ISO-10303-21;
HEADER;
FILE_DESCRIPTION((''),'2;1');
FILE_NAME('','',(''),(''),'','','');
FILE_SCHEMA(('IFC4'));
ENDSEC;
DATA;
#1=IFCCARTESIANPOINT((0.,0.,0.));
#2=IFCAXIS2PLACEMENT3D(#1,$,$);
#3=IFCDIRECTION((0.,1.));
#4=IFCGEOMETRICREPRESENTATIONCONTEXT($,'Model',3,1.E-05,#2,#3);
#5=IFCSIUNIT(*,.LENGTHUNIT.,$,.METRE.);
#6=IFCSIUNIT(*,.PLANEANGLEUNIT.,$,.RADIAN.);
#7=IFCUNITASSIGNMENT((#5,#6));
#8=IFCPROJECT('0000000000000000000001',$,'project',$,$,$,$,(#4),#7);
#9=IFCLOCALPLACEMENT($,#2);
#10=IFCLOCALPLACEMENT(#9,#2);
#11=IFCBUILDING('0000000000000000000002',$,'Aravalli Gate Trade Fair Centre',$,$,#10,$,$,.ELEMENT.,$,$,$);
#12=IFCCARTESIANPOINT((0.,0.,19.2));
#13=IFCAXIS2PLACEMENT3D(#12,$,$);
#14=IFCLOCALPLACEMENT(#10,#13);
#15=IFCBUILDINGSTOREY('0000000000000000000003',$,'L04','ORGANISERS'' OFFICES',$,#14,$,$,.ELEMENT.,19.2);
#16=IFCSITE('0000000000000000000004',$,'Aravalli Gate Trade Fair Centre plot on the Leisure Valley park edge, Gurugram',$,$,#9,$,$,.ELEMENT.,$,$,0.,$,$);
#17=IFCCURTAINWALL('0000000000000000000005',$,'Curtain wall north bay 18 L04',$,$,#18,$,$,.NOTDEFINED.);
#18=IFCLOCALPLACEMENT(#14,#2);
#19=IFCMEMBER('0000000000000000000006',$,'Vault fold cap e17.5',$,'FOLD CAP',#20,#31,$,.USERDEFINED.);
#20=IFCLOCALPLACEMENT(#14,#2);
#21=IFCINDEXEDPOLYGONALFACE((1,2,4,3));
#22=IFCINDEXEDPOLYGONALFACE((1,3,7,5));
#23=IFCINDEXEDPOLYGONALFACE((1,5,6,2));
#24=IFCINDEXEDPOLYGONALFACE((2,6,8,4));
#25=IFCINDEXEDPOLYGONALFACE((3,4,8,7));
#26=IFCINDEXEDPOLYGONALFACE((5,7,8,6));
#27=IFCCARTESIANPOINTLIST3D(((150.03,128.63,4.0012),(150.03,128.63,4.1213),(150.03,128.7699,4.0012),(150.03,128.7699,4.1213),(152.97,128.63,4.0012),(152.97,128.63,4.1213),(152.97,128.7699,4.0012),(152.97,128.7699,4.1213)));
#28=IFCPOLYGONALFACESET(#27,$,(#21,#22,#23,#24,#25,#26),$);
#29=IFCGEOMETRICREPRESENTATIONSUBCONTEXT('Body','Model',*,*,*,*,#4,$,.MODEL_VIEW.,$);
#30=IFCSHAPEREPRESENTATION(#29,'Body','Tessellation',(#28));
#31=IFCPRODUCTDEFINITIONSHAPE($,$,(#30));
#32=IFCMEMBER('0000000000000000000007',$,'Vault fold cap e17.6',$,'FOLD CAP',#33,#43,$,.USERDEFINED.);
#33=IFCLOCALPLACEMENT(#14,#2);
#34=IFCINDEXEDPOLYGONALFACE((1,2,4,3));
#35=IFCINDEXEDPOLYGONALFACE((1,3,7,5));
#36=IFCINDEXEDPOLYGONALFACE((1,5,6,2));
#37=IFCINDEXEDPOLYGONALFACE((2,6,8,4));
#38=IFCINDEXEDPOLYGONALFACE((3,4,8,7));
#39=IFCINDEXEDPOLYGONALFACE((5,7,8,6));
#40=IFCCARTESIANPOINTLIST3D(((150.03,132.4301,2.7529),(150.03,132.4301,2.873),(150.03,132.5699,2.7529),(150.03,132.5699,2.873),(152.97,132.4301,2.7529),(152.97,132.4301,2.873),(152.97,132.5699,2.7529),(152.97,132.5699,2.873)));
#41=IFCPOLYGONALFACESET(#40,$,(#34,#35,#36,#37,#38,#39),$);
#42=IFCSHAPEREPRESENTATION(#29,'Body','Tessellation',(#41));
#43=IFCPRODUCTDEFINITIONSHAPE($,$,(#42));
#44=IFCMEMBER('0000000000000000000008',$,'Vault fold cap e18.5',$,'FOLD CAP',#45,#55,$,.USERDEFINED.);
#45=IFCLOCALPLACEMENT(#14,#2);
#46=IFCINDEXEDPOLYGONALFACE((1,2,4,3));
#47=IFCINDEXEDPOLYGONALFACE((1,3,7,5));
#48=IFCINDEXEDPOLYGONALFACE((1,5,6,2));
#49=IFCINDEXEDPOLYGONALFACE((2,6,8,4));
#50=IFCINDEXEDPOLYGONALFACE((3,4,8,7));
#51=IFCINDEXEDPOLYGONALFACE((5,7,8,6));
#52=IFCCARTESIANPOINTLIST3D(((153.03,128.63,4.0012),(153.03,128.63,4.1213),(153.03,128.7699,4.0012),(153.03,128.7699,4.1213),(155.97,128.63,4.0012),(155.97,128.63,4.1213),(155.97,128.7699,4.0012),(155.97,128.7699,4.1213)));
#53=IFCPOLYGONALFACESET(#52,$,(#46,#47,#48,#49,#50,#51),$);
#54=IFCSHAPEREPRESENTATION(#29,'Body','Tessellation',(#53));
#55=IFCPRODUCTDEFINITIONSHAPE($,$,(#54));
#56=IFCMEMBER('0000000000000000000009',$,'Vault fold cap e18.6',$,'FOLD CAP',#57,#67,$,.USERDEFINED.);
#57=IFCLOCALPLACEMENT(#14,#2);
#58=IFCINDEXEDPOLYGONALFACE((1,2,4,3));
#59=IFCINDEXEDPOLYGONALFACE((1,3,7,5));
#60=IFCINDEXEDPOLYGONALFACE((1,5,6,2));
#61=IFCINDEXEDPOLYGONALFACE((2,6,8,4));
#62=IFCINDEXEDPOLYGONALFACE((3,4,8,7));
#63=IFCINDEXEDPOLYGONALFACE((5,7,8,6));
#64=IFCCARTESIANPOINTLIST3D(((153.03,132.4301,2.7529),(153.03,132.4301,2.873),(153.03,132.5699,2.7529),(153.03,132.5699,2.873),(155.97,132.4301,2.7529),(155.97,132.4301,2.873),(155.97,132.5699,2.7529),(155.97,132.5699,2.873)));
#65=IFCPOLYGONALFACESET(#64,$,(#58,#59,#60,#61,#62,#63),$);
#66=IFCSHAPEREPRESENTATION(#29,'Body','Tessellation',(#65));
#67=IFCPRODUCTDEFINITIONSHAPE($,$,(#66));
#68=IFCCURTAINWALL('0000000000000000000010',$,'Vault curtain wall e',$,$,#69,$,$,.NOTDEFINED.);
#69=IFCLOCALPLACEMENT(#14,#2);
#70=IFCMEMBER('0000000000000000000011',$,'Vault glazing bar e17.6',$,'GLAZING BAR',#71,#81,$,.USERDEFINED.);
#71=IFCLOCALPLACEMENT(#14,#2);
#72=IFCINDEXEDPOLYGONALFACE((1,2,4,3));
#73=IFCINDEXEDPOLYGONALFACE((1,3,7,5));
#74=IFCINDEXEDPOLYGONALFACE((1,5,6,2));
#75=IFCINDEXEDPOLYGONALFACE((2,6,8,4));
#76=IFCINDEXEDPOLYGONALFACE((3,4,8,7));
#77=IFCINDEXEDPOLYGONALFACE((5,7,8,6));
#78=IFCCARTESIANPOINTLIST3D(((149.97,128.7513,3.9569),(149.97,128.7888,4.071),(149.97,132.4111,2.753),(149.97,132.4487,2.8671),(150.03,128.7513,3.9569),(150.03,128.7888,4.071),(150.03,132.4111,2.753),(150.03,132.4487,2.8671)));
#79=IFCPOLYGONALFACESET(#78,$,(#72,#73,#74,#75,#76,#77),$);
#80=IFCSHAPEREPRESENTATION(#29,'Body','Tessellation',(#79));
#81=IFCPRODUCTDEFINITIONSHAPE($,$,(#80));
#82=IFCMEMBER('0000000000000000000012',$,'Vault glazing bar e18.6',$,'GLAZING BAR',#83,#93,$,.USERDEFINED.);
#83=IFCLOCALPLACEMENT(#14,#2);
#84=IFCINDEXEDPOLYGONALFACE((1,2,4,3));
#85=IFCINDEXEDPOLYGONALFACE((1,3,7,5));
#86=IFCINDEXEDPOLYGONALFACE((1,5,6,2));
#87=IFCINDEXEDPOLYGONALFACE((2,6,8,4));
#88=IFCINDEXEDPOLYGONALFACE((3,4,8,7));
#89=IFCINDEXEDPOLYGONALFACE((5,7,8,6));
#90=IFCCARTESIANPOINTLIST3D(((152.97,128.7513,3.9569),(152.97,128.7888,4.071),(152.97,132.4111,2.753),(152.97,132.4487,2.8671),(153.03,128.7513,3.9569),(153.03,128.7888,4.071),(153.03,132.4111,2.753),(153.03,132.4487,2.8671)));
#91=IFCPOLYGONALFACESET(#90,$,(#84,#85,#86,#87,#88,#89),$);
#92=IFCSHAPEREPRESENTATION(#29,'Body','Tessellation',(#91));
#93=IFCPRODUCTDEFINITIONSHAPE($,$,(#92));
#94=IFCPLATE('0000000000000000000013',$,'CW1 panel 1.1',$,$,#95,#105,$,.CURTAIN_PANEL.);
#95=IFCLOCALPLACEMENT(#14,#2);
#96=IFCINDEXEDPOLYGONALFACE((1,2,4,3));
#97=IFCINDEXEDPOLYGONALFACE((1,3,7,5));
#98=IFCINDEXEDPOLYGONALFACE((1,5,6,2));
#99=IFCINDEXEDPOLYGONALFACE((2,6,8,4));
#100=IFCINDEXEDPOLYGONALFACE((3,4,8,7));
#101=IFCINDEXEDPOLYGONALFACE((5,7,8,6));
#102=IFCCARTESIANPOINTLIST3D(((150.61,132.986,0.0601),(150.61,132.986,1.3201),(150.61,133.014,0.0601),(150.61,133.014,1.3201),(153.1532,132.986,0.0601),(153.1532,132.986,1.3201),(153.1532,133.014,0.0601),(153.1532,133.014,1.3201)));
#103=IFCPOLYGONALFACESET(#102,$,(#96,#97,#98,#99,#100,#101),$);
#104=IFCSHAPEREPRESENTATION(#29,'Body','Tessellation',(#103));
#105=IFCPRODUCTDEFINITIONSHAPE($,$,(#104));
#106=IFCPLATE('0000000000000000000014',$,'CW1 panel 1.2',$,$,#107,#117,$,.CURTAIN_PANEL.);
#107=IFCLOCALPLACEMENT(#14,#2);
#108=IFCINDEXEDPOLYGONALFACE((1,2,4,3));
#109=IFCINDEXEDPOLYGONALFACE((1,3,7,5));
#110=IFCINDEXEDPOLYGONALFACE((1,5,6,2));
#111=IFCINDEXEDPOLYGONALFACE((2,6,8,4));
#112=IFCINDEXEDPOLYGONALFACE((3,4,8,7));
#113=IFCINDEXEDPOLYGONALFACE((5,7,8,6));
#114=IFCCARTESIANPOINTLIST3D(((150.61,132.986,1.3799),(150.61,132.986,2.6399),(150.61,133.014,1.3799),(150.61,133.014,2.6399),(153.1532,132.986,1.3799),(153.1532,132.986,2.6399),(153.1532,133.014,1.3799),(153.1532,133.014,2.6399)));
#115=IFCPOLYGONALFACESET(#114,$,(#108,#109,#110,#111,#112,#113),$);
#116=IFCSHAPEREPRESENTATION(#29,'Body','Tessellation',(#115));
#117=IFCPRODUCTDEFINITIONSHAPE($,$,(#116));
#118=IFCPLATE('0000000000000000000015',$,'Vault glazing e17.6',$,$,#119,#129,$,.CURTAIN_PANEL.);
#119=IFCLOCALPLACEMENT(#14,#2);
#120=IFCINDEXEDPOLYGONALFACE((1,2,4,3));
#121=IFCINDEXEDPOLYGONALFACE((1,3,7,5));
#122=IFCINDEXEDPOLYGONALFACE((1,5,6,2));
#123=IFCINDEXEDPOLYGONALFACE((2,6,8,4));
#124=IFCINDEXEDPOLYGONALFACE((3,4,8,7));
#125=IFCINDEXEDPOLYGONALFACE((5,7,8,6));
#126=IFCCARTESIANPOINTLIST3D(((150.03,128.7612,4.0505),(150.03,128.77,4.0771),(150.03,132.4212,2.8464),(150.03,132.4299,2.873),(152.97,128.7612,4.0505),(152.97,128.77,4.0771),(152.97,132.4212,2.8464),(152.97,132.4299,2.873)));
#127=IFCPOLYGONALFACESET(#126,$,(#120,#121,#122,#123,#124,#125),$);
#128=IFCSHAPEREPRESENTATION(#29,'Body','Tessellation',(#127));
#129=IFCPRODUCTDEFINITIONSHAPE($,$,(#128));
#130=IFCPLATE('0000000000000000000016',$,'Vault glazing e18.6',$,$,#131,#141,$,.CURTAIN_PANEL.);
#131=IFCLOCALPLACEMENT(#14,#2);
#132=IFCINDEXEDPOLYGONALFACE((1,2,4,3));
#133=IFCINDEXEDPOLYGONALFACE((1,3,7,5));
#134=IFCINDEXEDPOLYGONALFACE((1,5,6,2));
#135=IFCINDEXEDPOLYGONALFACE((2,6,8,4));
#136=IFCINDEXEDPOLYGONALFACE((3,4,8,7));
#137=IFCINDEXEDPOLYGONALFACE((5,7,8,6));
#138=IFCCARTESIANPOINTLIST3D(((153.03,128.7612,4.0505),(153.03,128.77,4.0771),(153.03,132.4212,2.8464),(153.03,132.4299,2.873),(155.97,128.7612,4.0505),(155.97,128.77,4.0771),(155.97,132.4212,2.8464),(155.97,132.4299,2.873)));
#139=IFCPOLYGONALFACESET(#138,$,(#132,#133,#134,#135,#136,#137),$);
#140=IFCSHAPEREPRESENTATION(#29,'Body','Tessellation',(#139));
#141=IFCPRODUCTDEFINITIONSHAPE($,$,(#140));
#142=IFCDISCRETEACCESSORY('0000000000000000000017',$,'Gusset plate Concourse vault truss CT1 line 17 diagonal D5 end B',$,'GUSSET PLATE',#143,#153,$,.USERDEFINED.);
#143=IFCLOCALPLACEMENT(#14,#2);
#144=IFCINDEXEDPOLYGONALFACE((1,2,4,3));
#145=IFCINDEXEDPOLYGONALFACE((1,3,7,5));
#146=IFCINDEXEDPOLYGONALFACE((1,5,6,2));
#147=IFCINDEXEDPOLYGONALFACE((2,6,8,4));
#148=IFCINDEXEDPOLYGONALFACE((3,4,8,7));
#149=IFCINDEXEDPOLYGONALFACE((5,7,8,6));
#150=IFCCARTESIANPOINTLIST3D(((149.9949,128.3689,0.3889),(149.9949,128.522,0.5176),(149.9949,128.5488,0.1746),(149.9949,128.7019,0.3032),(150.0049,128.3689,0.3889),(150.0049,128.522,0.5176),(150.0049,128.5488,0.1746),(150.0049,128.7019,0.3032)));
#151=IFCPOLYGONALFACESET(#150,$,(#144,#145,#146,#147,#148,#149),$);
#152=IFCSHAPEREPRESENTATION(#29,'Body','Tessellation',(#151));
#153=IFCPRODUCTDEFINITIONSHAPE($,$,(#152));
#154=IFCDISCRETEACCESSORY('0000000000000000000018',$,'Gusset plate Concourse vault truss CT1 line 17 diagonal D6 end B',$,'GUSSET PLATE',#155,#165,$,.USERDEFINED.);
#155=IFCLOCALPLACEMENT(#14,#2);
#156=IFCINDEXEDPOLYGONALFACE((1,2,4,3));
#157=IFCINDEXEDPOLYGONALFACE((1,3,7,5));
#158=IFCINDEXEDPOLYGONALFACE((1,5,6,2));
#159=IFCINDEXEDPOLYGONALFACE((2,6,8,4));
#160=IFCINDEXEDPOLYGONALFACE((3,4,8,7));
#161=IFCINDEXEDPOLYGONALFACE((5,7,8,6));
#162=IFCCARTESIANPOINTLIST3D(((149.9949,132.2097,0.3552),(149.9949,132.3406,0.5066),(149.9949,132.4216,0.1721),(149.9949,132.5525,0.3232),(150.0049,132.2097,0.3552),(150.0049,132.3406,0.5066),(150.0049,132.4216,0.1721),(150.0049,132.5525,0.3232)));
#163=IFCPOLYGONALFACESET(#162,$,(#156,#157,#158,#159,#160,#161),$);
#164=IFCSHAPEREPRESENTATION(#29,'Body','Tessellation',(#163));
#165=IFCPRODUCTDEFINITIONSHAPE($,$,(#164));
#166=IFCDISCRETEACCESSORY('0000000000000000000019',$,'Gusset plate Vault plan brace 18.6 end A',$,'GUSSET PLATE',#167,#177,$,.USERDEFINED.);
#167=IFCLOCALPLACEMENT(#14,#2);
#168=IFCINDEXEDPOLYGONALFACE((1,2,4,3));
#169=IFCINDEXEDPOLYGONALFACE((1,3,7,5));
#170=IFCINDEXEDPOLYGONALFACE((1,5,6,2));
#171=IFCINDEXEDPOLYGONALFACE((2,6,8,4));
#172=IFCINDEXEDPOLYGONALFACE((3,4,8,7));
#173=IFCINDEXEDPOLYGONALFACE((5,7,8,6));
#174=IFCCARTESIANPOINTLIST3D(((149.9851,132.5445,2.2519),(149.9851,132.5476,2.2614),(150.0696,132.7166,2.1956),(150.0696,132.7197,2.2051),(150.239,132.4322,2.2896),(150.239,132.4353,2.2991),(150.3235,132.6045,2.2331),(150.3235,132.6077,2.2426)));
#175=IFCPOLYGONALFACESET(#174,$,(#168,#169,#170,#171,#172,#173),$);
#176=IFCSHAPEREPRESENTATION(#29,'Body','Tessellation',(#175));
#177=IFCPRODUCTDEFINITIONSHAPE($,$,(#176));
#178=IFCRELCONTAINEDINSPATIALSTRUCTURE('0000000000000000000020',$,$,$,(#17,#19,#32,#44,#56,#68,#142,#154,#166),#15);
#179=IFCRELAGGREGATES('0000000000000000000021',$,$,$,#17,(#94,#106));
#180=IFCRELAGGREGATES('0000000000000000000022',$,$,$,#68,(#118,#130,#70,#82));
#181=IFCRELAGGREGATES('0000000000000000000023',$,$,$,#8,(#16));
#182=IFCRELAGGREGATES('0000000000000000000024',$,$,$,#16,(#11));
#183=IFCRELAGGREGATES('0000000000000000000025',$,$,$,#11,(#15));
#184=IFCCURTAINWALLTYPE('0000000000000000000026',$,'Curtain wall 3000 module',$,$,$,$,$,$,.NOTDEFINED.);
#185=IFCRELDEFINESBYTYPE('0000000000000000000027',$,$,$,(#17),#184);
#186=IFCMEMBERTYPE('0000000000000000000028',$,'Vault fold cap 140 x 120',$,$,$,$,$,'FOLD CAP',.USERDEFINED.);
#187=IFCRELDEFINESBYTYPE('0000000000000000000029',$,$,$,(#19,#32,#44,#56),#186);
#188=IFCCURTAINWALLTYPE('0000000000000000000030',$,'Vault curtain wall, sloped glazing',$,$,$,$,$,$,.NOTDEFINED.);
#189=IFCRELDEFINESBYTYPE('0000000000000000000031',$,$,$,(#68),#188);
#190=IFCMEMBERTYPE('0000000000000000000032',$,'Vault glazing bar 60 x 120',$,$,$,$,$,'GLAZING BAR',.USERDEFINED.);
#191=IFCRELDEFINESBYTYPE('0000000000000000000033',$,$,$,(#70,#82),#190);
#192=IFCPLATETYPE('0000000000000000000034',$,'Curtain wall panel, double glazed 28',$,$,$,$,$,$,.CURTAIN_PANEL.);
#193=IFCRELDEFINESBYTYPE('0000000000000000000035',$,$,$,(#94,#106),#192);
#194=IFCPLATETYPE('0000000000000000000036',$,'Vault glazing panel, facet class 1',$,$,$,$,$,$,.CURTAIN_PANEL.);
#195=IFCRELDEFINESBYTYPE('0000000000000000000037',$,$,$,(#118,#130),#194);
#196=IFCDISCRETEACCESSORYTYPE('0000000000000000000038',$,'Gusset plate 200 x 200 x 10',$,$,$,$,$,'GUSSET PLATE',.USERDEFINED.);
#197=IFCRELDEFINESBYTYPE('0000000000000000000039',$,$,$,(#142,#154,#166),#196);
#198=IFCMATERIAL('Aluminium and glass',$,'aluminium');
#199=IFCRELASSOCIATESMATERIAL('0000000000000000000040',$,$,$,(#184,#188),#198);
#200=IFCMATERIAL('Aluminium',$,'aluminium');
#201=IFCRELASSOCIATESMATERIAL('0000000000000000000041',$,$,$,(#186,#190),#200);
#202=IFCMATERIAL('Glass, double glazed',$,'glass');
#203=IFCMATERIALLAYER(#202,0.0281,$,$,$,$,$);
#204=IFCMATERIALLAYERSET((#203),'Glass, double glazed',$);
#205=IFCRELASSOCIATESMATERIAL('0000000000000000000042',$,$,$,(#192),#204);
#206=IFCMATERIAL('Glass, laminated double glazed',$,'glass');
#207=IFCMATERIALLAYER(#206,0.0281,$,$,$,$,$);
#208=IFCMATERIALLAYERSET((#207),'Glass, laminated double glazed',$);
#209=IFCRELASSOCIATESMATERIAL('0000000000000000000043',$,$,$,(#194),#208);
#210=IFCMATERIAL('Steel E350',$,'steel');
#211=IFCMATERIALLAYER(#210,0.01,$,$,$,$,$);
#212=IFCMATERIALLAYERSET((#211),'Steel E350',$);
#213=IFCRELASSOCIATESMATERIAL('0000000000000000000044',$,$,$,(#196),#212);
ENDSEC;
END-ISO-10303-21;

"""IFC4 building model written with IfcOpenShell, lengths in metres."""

from ifc_helpers import new_model, si_unit, direction, frame, origin, origin_2d, place, context, subcontext, project, spatial, polyline, rectangle, outline, extrude, material, layer, layer_set, material_profile, profile_set, type_object, element, aggregate, save


model = new_model("IFC4")

# Units and contexts
model_context = context("Model", 3, precision=1e-05, world=origin(), true_north=direction((0.0, 1.0)))
body_context = subcontext(model_context, "Body", "Model", "MODEL_VIEW")
ifc_project = project(units=[si_unit("LENGTHUNIT", "METRE"), si_unit("PLANEANGLEUNIT", "RADIAN")], contexts=[model_context])

# Site, building, storey
site_placement = place(None, origin())
site = spatial("IfcSite", under=ifc_project, at=site_placement, Name="Aravalli Gate Trade Fair Centre plot on the Leisure Valley park edge, Gurugram", CompositionType="ELEMENT", RefElevation=0.0)
building_placement = place(site_placement, origin())
building = spatial("IfcBuilding", under=site, at=building_placement, Name="Aravalli Gate Trade Fair Centre", CompositionType="ELEMENT")
storey_placement = place(building_placement, frame((0.0, 0.0, 19.2)))
storey = spatial("IfcBuildingStorey", under=building, at=storey_placement, Name="L04", Description="ORGANISERS' OFFICES", CompositionType="ELEMENT", Elevation=19.2)

# Shared definitions
ifc_material_1 = material(Name="Steel E350", Category="steel")

# Curtain wall
ifc_material_2 = material(Name="Aluminium and glass", Category="aluminium")
curtain_wall_type_1 = type_object("IfcCurtainWallType", Name="Curtain wall 3000 module", PredefinedType="NOTDEFINED", material=ifc_material_2)
curtain_wall_1_placement = place(storey_placement, origin())
curtain_wall_1 = element("IfcCurtainWall", 1, at=curtain_wall_1_placement, inside=storey, type_object=curtain_wall_type_1, Name="Curtain wall north bay 18 L04", PredefinedType="NOTDEFINED")
ifc_material_3 = material(Name="Aluminium", Category="aluminium")

# Members
ifc_material_profile_1 = material_profile(ifc_material_3, rectangle(XDim=0.1399, YDim=0.1201, at=origin_2d()), Name="Vault fold cap 140 x 120")
ifc_profile_set_1 = profile_set([ifc_material_profile_1], Name="Aluminium")
member_type_1 = type_object("IfcMemberType", Name="Vault fold cap 140 x 120", ElementType="FOLD CAP", PredefinedType="USERDEFINED", material=ifc_profile_set_1)
for number, where, z_axis, x_axis, name in (
    (2, (150.03, 128.7, 4.0613), (1.0, 0.0, 0.0), (0.0, 1.0, 0.0), "Vault fold cap e17.5"),
    (3, (150.03, 132.5, 2.813), (1.0, 0.0, 0.0), (0.0, 1.0, 0.0), "Vault fold cap e17.6"),
    (4, (153.03, 128.7, 4.0613), (1.0, 0.0, 0.0), (0.0, 1.0, 0.0), "Vault fold cap e18.5"),
    (5, (153.03, 132.5, 2.813), (1.0, 0.0, 0.0), (0.0, 1.0, 0.0), "Vault fold cap e18.6"),
):
    element("IfcMember", number, at=place(storey_placement, frame(where, z_axis=z_axis, x_axis=x_axis)), inside=storey, type_object=member_type_1, Name=name, ObjectType="FOLD CAP", PredefinedType="USERDEFINED", context=body_context, shape_type="SweptSolid", body=[
        extrude(rectangle(XDim=0.1399, YDim=0.1201, at=origin_2d()), origin(), (0.0, 0.0, 1.0), 2.9399),
    ])

# Curtain wall, members
curtain_wall_type_2 = type_object("IfcCurtainWallType", Name="Vault curtain wall, sloped glazing", PredefinedType="NOTDEFINED", material=ifc_material_2)
curtain_wall_2_placement = place(storey_placement, origin())
curtain_wall_2 = element("IfcCurtainWall", 6, at=curtain_wall_2_placement, inside=storey, type_object=curtain_wall_type_2, Name="Vault curtain wall e", PredefinedType="NOTDEFINED")
ifc_material_profile_2 = material_profile(ifc_material_3, rectangle(XDim=0.0601, YDim=0.1201, at=origin_2d()), Name="Vault glazing bar 60 x 120")
ifc_profile_set_2 = profile_set([ifc_material_profile_2], Name="Aluminium")
member_type_2 = type_object("IfcMemberType", Name="Vault glazing bar 60 x 120", ElementType="GLAZING BAR", PredefinedType="USERDEFINED", material=ifc_profile_set_2)
member_1_placement = place(storey_placement, frame((150.0, 128.77, 4.0139), z_axis=(0.0, 0.94993, -0.312461), x_axis=(-1.0, 0.0, 0.0)))
member_1 = element("IfcMember", 7, at=member_1_placement, type_object=member_type_2, Name="Vault glazing bar e17.6", ObjectType="GLAZING BAR", PredefinedType="USERDEFINED", context=body_context, shape_type="SweptSolid", body=[
    extrude(rectangle(XDim=0.0601, YDim=0.1201, at=origin_2d()), origin(), (0.0, 0.0, 1.0), 3.8528),
])
member_2_placement = place(storey_placement, frame((153.0, 128.77, 4.0139), z_axis=(0.0, 0.94993, -0.312461), x_axis=(-1.0, 0.0, 0.0)))
member_2 = element("IfcMember", 8, at=member_2_placement, type_object=member_type_2, Name="Vault glazing bar e18.6", ObjectType="GLAZING BAR", PredefinedType="USERDEFINED", context=body_context, shape_type="SweptSolid", body=[
    extrude(rectangle(XDim=0.0601, YDim=0.1201, at=origin_2d()), origin(), (0.0, 0.0, 1.0), 3.8528),
])

# Plates
ifc_material_4 = material(Name="Glass, double glazed", Category="glass")
ifc_layer_1 = layer(ifc_material_4, 0.0281)
ifc_layer_set_1 = layer_set([ifc_layer_1], Name="Glass, double glazed")
plate_type_1 = type_object("IfcPlateType", Name="Curtain wall panel, double glazed 28", PredefinedType="CURTAIN_PANEL", material=ifc_layer_set_1)
plate_1_placement = place(storey_placement, frame((151.8816, 133.0, 0.0601), z_axis=(0.0, 0.0, 1.0), x_axis=(1.0, 0.0, 0.0)))
plate_1 = element("IfcPlate", 9, at=plate_1_placement, type_object=plate_type_1, Name="CW1 panel 1.1", PredefinedType="CURTAIN_PANEL", context=body_context, shape_type="SweptSolid", body=[
    extrude(rectangle(XDim=2.5432, YDim=0.0281, at=origin_2d()), origin(), (0.0, 0.0, 1.0), 1.26),
])
plate_2_placement = place(storey_placement, frame((151.8816, 133.0, 1.3799), z_axis=(0.0, 0.0, 1.0), x_axis=(1.0, 0.0, 0.0)))
plate_2 = element("IfcPlate", 10, at=plate_2_placement, type_object=plate_type_1, Name="CW1 panel 1.2", PredefinedType="CURTAIN_PANEL", context=body_context, shape_type="SweptSolid", body=[
    extrude(rectangle(XDim=2.5432, YDim=0.0281, at=origin_2d()), origin(), (0.0, 0.0, 1.0), 1.26),
])
aggregate(curtain_wall_1, [plate_1, plate_2])
ifc_material_5 = material(Name="Glass, laminated double glazed", Category="glass")
ifc_layer_2 = layer(ifc_material_5, 0.0281)
ifc_layer_set_2 = layer_set([ifc_layer_2], Name="Glass, laminated double glazed")
plate_type_2 = type_object("IfcPlateType", Name="Vault glazing panel, facet class 1", PredefinedType="CURTAIN_PANEL", material=ifc_layer_set_2)
plate_3_placement = place(storey_placement, frame((150.03, 128.77, 4.0771), z_axis=(0.0, 0.312518, 0.949912), x_axis=(1.0, 0.0, 0.0)))
plate_3 = element("IfcPlate", 11, at=plate_3_placement, type_object=plate_type_2, Name="Vault glazing e17.6", PredefinedType="CURTAIN_PANEL", context=body_context, shape_type="SweptSolid", body=[
    extrude(outline(polyline([(0.0, 0.0), (2.9399, 0.0), (2.9399, 3.8529), (0.0, 3.8529), (0.0, 0.0)])), origin(), (0.0, 0.0, -1.0), 0.0281),
])
plate_4_placement = place(storey_placement, frame((153.03, 128.77, 4.0771), z_axis=(0.0, 0.312518, 0.949912), x_axis=(1.0, 0.0, 0.0)))
plate_4 = element("IfcPlate", 12, at=plate_4_placement, type_object=plate_type_2, Name="Vault glazing e18.6", PredefinedType="CURTAIN_PANEL", context=body_context, shape_type="SweptSolid", body=[
    extrude(outline(polyline([(0.0, 0.0), (2.9399, 0.0), (2.9399, 3.8529), (0.0, 3.8529), (0.0, 0.0)])), origin(), (0.0, 0.0, -1.0), 0.0281),
])
aggregate(curtain_wall_2, [plate_3, plate_4, member_1, member_2])

# Discrete accessories
ifc_layer_3 = layer(ifc_material_1, 0.01)
ifc_layer_set_3 = layer_set([ifc_layer_3], Name="Steel E350")
discrete_accessory_type = type_object("IfcDiscreteAccessoryType", Name="Gusset plate 200 x 200 x 10", ElementType="GUSSET PLATE", PredefinedType="USERDEFINED", material=ifc_layer_set_3)
discrete_accessory_1_placement = place(storey_placement, frame((150.0049, 128.3689, 0.3889), z_axis=(1.0, 0.0, 0.0), x_axis=(0.0, 0.642926, -0.765928)))
element("IfcDiscreteAccessory", 13, at=discrete_accessory_1_placement, inside=storey, type_object=discrete_accessory_type, Name="Gusset plate Concourse vault truss CT1 line 17 diagonal D5 end B", ObjectType="GUSSET PLATE", PredefinedType="USERDEFINED", context=body_context, shape_type="SweptSolid", body=[
    extrude(outline(polyline([(0.0, 0.0), (0.2799, 0.0), (0.2797, 0.2), (-0.0001, 0.2), (0.0, 0.0)])), origin(), (0.0, 0.0, -1.0), 0.01),
])
discrete_accessory_2_placement = place(storey_placement, frame((150.0049, 132.2097, 0.3552), z_axis=(1.0, 0.0, 0.0), x_axis=(0.0, 0.756666, -0.653801)))
element("IfcDiscreteAccessory", 14, at=discrete_accessory_2_placement, inside=storey, type_object=discrete_accessory_type, Name="Gusset plate Concourse vault truss CT1 line 17 diagonal D6 end B", ObjectType="GUSSET PLATE", PredefinedType="USERDEFINED", context=body_context, shape_type="SweptSolid", body=[
    extrude(outline(polyline([(0.0, 0.0), (0.2801, 0.0), (0.2803, 0.1999), (0.0001, 0.2001), (0.0, 0.0)])), origin(), (0.0, 0.0, -1.0), 0.01),
])
discrete_accessory_3_placement = place(storey_placement, frame((150.239, 132.4353, 2.2991), z_axis=(-0.002663, 0.31235, 0.949963), x_axis=(-0.906263, 0.400805, -0.134326)))
element("IfcDiscreteAccessory", 15, at=discrete_accessory_3_placement, inside=storey, type_object=discrete_accessory_type, Name="Gusset plate Vault plan brace 18.6 end A", ObjectType="GUSSET PLATE", PredefinedType="USERDEFINED", context=body_context, shape_type="SweptSolid", body=[
    extrude(outline(polyline([(0.0, 0.0), (0.2802, 0.0), (0.2802, -0.1999), (0.0001, -0.2001), (0.0, 0.0)])), origin(), (0.0, 0.0, -1.0), 0.01),
])

save(model, "model.ifc")
